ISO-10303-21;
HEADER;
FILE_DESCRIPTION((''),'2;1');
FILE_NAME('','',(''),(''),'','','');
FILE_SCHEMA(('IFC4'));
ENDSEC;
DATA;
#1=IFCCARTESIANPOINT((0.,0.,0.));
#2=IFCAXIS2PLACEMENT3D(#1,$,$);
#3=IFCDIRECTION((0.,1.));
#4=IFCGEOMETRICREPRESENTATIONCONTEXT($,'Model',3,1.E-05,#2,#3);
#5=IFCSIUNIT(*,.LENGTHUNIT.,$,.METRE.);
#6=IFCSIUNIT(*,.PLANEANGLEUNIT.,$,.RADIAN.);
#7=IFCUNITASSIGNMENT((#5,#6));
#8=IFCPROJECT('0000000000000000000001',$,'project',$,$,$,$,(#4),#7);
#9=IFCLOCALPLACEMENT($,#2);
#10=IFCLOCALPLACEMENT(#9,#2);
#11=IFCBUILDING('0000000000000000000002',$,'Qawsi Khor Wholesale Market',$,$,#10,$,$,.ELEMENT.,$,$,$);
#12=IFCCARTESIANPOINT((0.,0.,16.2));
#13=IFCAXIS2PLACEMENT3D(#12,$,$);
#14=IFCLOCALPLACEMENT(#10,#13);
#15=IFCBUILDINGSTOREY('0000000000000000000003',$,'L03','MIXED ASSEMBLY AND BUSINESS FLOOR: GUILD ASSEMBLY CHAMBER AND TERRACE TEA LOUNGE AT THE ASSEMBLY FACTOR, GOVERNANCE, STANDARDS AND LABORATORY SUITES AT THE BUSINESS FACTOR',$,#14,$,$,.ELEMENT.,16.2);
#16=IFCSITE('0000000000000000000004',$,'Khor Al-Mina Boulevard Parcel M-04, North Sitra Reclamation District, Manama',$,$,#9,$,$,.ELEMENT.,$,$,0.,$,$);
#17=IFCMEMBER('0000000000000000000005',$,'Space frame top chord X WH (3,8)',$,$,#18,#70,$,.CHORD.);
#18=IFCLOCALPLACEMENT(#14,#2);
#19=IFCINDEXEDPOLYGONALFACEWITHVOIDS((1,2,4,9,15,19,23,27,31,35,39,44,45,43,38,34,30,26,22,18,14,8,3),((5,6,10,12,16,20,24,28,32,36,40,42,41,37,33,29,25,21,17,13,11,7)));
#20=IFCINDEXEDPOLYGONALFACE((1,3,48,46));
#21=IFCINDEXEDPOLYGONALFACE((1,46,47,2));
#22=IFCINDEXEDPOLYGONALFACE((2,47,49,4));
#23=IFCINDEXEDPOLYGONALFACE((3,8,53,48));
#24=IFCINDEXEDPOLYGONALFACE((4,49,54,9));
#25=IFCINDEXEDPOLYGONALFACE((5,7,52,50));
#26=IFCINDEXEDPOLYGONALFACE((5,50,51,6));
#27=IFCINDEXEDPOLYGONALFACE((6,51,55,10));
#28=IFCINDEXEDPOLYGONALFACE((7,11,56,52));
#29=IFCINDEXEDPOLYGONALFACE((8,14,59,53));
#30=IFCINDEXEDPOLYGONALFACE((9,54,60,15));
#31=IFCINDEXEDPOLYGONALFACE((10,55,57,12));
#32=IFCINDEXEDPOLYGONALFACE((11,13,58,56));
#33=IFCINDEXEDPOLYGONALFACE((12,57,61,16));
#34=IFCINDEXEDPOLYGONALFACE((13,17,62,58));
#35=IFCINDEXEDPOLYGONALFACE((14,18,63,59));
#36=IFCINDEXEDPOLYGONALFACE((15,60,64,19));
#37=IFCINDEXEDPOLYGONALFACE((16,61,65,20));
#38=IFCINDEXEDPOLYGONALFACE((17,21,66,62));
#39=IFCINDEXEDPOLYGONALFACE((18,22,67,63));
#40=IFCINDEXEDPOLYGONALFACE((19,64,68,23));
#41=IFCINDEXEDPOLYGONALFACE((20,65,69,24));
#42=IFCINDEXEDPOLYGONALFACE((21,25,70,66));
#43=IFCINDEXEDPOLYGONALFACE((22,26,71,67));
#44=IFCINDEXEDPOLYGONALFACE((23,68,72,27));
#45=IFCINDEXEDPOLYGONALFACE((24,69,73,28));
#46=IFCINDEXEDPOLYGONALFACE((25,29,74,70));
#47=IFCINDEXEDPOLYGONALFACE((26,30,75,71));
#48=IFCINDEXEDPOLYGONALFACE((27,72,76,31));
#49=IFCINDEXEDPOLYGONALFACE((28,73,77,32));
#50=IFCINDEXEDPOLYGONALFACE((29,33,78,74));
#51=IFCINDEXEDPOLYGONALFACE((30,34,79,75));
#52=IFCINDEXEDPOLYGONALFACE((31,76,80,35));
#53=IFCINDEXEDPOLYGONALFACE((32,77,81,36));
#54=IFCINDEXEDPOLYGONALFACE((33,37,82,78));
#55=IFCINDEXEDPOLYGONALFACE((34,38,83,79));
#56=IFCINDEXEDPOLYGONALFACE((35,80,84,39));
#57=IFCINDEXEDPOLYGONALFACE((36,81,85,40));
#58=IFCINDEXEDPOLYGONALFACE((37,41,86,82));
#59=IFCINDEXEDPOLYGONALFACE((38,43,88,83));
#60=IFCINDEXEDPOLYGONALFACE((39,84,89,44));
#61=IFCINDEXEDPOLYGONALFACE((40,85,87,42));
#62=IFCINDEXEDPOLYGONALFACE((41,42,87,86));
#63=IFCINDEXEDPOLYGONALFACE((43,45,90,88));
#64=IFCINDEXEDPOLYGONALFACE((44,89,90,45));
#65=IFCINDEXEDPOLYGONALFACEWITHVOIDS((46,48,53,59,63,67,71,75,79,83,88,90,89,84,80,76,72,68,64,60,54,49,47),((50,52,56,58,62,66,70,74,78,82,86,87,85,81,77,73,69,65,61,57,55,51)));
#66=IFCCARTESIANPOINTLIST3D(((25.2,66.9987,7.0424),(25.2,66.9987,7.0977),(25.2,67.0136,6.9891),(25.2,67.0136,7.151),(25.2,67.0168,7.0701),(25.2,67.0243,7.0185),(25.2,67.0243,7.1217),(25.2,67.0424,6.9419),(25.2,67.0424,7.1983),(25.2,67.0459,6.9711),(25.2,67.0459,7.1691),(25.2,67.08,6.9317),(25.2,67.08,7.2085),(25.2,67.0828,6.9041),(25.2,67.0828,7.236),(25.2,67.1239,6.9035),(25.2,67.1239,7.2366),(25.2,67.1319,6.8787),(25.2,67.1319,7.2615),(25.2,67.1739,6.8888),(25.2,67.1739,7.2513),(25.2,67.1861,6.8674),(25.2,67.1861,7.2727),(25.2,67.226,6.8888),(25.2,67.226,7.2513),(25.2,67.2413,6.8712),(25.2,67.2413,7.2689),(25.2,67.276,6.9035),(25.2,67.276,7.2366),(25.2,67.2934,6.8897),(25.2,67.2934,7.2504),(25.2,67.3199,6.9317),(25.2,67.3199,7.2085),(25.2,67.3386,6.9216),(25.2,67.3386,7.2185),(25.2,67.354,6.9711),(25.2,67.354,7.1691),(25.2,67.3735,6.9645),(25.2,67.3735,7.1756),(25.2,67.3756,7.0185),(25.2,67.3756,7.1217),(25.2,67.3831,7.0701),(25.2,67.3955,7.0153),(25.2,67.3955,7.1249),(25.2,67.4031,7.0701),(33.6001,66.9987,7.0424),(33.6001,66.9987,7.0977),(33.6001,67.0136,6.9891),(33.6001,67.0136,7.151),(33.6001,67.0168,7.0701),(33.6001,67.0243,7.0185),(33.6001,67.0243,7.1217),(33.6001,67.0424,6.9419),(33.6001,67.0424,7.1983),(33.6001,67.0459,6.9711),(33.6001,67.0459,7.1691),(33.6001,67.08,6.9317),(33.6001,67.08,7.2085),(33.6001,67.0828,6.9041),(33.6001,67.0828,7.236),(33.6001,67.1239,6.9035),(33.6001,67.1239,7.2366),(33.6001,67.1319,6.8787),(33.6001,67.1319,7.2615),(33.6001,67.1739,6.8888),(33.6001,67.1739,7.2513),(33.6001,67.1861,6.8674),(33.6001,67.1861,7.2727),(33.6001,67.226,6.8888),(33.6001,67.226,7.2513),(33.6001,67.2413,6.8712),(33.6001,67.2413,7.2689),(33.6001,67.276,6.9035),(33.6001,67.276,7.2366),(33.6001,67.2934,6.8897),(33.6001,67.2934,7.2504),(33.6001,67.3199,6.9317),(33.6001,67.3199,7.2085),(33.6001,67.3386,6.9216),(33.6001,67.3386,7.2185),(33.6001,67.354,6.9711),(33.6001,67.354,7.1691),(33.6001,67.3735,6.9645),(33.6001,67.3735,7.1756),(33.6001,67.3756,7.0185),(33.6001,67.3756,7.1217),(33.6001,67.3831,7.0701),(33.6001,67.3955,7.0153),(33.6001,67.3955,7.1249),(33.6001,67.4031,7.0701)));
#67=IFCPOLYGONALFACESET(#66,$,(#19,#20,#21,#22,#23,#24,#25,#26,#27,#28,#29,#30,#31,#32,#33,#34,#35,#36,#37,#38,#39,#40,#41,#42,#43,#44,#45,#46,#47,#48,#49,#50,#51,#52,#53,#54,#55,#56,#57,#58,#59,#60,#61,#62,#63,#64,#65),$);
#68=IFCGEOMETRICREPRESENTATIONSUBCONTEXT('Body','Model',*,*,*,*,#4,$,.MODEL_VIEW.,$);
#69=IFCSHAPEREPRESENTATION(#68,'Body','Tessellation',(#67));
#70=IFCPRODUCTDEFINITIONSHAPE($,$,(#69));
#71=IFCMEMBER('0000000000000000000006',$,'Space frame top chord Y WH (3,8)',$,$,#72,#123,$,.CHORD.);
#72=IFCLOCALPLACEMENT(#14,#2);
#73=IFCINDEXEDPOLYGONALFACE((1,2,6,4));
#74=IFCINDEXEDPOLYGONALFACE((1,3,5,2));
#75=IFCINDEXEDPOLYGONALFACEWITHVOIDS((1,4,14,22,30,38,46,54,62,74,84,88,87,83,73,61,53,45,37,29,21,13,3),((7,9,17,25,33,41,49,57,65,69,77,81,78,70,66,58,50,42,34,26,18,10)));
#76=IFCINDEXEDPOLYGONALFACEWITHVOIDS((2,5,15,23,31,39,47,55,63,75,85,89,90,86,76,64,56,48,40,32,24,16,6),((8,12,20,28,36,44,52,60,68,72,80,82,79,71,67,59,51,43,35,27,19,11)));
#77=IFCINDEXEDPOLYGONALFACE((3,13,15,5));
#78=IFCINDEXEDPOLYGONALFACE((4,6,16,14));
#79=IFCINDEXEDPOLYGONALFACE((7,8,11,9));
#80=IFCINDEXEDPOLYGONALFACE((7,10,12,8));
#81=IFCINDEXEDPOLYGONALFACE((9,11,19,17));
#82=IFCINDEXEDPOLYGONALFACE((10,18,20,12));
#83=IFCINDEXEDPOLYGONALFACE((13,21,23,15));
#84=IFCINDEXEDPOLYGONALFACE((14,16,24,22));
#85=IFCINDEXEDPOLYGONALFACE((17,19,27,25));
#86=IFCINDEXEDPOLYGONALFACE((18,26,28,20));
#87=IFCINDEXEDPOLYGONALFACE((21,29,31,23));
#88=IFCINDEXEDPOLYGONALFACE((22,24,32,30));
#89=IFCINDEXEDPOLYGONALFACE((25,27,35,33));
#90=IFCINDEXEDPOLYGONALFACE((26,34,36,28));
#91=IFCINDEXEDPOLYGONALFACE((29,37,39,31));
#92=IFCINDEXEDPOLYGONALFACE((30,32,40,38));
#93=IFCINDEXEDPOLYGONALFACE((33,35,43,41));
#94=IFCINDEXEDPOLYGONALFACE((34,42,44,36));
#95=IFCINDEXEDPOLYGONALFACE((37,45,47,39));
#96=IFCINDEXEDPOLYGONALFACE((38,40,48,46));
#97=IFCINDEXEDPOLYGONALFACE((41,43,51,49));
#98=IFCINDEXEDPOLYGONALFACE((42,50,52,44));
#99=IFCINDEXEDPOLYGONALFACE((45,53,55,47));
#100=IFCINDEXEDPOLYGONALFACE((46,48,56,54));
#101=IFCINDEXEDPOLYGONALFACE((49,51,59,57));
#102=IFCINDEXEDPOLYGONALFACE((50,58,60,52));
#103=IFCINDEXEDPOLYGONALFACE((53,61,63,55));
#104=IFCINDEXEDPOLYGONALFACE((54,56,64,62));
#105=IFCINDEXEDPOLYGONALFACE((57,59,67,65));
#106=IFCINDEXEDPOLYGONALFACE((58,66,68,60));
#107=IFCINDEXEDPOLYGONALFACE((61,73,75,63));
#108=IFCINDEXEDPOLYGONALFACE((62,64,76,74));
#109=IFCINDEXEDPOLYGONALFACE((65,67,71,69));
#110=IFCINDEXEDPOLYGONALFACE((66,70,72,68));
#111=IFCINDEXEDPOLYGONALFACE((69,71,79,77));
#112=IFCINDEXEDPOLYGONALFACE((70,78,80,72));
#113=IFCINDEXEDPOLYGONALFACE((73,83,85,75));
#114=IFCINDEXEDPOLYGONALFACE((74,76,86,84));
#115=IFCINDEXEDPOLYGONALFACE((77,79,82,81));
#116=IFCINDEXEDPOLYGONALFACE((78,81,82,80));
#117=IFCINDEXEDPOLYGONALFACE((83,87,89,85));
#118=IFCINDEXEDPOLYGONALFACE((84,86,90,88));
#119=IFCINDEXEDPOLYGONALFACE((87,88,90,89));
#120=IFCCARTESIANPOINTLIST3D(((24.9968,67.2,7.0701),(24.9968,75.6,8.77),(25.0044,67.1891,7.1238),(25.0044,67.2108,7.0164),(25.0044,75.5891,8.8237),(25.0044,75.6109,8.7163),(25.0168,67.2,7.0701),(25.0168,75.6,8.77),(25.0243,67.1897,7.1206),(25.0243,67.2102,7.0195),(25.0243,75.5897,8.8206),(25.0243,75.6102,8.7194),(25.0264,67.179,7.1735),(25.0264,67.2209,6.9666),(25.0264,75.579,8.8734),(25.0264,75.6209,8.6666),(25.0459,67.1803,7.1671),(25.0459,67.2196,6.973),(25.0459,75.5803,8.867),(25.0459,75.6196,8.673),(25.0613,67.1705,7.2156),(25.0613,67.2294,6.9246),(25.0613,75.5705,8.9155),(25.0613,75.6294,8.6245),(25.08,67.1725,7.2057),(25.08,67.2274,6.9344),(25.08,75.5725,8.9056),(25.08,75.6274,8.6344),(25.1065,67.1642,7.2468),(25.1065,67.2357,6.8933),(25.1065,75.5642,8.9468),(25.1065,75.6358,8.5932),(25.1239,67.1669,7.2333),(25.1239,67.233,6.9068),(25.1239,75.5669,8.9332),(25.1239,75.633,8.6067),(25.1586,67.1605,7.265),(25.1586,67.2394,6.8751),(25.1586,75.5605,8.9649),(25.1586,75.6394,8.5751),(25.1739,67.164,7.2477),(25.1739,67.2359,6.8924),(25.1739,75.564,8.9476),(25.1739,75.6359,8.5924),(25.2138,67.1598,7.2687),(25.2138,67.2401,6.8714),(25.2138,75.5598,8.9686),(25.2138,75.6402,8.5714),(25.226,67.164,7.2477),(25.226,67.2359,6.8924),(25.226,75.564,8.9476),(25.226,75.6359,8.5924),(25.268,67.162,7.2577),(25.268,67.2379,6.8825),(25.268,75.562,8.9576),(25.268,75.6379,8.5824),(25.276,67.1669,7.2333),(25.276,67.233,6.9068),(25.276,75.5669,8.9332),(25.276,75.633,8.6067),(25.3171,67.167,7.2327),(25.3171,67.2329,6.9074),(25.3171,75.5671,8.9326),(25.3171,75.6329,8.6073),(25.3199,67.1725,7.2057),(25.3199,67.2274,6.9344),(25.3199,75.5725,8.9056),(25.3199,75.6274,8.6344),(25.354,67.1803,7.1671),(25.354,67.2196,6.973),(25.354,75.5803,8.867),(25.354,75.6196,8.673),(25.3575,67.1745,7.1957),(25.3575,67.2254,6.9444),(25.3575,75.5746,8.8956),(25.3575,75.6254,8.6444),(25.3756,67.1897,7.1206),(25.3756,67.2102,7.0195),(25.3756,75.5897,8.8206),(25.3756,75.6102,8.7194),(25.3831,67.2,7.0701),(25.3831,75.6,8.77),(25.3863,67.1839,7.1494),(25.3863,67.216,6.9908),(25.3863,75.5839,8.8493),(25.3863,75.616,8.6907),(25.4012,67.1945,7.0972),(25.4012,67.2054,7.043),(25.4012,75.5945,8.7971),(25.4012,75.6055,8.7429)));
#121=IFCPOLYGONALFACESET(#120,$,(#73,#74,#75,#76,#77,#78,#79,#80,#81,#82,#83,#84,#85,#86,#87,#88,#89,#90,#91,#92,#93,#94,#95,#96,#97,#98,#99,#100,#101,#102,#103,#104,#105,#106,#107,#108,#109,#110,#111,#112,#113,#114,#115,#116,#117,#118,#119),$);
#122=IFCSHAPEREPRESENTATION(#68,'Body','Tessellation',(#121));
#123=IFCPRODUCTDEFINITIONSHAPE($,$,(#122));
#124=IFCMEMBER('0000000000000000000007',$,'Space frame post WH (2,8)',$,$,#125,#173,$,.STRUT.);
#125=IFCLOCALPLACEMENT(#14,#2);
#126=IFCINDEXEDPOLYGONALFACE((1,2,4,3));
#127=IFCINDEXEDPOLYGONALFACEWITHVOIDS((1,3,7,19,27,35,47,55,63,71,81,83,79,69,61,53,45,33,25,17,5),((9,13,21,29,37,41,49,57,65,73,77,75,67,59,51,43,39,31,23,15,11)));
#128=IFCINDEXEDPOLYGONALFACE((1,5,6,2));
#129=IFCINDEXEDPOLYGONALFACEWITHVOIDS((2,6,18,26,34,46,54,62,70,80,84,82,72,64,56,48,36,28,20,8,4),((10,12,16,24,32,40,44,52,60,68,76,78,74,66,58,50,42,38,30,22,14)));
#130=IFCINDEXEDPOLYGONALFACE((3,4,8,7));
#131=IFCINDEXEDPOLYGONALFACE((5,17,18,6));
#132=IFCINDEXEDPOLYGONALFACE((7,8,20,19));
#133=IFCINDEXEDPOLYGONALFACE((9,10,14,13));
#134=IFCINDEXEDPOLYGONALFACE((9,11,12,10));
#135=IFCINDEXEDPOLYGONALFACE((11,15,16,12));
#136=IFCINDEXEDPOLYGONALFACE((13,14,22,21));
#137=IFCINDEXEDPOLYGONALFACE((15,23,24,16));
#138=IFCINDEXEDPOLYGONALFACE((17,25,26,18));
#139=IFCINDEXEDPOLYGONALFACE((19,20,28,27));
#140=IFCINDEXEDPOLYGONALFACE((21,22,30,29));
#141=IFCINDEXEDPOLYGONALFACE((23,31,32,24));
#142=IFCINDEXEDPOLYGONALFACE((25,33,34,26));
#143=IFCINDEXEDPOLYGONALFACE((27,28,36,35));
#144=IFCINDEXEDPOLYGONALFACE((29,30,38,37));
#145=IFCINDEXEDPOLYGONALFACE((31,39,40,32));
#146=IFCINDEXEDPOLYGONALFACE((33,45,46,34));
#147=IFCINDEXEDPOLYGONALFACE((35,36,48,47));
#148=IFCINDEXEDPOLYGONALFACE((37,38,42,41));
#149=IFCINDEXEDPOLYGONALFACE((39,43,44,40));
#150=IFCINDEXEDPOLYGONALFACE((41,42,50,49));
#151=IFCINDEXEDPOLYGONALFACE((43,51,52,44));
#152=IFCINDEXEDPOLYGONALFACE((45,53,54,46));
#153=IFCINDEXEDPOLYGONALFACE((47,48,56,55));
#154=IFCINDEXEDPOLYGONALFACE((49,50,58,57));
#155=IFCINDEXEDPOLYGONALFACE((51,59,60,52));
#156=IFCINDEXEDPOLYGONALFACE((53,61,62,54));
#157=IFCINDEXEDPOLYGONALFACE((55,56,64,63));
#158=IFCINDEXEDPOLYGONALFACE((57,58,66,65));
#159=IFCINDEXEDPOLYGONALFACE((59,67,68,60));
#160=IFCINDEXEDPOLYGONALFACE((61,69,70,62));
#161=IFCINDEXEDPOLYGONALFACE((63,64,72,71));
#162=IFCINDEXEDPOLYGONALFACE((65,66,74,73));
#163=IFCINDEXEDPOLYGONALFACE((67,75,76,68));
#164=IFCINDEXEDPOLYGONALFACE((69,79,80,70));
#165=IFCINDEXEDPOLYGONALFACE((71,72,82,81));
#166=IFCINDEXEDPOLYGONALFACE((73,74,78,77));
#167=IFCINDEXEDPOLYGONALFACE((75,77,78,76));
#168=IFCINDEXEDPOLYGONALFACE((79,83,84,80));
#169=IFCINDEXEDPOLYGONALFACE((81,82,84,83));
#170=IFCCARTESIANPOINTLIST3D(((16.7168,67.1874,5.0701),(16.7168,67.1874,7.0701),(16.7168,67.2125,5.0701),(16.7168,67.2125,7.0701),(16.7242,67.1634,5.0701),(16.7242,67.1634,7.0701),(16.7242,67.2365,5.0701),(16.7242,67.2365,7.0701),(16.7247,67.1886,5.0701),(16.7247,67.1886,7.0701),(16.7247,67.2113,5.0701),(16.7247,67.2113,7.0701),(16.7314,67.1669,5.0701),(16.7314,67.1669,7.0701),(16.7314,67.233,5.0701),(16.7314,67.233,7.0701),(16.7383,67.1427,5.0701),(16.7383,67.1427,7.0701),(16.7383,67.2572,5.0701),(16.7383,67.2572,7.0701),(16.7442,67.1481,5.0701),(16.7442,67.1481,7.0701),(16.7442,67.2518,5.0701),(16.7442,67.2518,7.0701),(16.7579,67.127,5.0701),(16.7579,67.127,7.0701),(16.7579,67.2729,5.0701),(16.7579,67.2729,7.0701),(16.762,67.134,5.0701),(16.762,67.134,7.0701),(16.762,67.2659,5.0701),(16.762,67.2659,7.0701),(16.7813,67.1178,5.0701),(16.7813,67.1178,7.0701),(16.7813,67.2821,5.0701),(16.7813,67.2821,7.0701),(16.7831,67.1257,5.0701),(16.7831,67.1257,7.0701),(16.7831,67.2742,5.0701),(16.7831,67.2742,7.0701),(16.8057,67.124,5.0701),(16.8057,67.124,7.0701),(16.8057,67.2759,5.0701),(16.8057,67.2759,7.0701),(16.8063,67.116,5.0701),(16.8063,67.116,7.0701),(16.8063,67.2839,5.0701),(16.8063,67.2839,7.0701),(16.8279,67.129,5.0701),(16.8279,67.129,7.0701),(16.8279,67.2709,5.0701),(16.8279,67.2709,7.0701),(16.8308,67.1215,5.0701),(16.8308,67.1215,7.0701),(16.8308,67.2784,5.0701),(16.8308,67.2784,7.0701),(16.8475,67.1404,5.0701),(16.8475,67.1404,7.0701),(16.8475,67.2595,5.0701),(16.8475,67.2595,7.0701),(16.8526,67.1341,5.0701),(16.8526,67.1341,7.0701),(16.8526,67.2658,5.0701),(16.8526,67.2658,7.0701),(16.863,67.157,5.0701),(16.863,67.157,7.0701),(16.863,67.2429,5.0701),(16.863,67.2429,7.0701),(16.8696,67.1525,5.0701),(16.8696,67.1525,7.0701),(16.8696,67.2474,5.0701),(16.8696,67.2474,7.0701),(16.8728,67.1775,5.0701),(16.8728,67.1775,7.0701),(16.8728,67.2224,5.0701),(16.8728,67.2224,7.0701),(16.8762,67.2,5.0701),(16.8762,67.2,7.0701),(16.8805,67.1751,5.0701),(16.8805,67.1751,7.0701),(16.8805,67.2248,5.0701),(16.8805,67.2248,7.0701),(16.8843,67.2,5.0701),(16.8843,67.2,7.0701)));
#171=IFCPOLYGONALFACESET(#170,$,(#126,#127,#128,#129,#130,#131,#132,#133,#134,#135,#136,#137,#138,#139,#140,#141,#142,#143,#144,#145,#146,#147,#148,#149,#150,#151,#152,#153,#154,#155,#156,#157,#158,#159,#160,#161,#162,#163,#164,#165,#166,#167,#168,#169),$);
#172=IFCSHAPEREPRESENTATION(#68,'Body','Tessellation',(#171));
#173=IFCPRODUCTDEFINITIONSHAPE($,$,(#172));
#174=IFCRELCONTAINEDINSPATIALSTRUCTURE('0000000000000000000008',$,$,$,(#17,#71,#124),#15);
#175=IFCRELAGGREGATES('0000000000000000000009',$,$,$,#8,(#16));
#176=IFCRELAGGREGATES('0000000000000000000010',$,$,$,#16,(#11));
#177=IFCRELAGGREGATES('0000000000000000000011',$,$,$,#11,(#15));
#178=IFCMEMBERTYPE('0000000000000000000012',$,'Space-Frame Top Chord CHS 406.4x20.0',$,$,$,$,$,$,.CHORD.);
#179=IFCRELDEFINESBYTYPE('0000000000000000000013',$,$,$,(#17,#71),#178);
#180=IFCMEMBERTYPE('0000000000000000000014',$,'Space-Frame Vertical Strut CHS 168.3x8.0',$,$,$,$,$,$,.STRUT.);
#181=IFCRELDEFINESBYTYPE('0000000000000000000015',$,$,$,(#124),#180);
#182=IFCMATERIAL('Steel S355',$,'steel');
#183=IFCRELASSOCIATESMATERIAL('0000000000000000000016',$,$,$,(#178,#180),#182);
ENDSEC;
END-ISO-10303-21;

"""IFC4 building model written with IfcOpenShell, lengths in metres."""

from ifc_helpers import new_model, si_unit, direction, frame, origin, origin_2d, place, context, subcontext, project, spatial, hollow_circle, extrude, material, material_profile, profile_set, type_object, element, save


model = new_model("IFC4")

# Units and contexts
model_context = context("Model", 3, precision=1e-05, world=origin(), true_north=direction((0.0, 1.0)))
body_context = subcontext(model_context, "Body", "Model", "MODEL_VIEW")
ifc_project = project(units=[si_unit("LENGTHUNIT", "METRE"), si_unit("PLANEANGLEUNIT", "RADIAN")], contexts=[model_context])

# Site, building, storey
site_placement = place(None, origin())
site = spatial("IfcSite", under=ifc_project, at=site_placement, Name="Khor Al-Mina Boulevard Parcel M-04, North Sitra Reclamation District, Manama", CompositionType="ELEMENT", RefElevation=0.0)
building_placement = place(site_placement, origin())
building = spatial("IfcBuilding", under=site, at=building_placement, Name="Qawsi Khor Wholesale Market", CompositionType="ELEMENT")
storey_placement = place(building_placement, frame((0.0, 0.0, 16.2)))
storey = spatial("IfcBuildingStorey", under=building, at=storey_placement, Name="L03", Description="MIXED ASSEMBLY AND BUSINESS FLOOR: GUILD ASSEMBLY CHAMBER AND TERRACE TEA LOUNGE AT THE ASSEMBLY FACTOR, GOVERNANCE, STANDARDS AND LABORATORY SUITES AT THE BUSINESS FACTOR", CompositionType="ELEMENT", Elevation=16.2)

# Members
ifc_material_1 = material(Name="Steel S355", Category="steel")
ifc_material_profile_1 = material_profile(ifc_material_1, hollow_circle(Radius=0.2031, WallThickness=0.02, at=origin_2d()), Name="CHS 406.4x20.0")
ifc_profile_set_1 = profile_set([ifc_material_profile_1], Name="Steel S355")
member_type_1 = type_object("IfcMemberType", Name="Space-Frame Top Chord CHS 406.4x20.0", PredefinedType="CHORD", material=ifc_profile_set_1)
member_1_placement = place(storey_placement, frame((25.2, 67.2, 7.0701), z_axis=(1.0, 0.0, 0.0), x_axis=(0.0, 1.0, 0.0)))
element("IfcMember", 1, at=member_1_placement, inside=storey, type_object=member_type_1, Name="Space frame top chord X WH (3,8)", PredefinedType="CHORD", context=body_context, shape_type="SweptSolid", body=[
    extrude(hollow_circle(Radius=0.2031, WallThickness=0.02, at=origin_2d()), origin(), (0.0, 0.0, 1.0), 8.4001),
])
member_2_placement = place(storey_placement, frame((25.2, 67.2, 7.0701), z_axis=(0.0, 0.980131, 0.198351), x_axis=(-1.0, 0.0, 0.0)))
element("IfcMember", 2, at=member_2_placement, inside=storey, type_object=member_type_1, Name="Space frame top chord Y WH (3,8)", PredefinedType="CHORD", context=body_context, shape_type="SweptSolid", body=[
    extrude(hollow_circle(Radius=0.2031, WallThickness=0.02, at=origin_2d()), origin(), (0.0, 0.0, 1.0), 8.5703),
])
ifc_material_profile_2 = material_profile(ifc_material_1, hollow_circle(Radius=0.0842, WallThickness=0.0081, at=origin_2d()), Name="CHS 168.3x8.0")
ifc_profile_set_2 = profile_set([ifc_material_profile_2], Name="Steel S355")
member_type_2 = type_object("IfcMemberType", Name="Space-Frame Vertical Strut CHS 168.3x8.0", PredefinedType="STRUT", material=ifc_profile_set_2)
for number, where, z_axis, x_axis, name in (
    (3, (16.8, 67.2, 5.0701), (0.0, 0.0, 1.0), (1.0, 0.0, 0.0), "Space frame post WH (2,8)"),
):
    element("IfcMember", number, at=place(storey_placement, frame(where, z_axis=z_axis, x_axis=x_axis)), inside=storey, type_object=member_type_2, Name=name, PredefinedType="STRUT", context=body_context, shape_type="SweptSolid", body=[
        extrude(hollow_circle(Radius=0.0842, WallThickness=0.0081, at=origin_2d()), origin(), (0.0, 0.0, 1.0), 2.0),
    ])

save(model, "model.ifc")
